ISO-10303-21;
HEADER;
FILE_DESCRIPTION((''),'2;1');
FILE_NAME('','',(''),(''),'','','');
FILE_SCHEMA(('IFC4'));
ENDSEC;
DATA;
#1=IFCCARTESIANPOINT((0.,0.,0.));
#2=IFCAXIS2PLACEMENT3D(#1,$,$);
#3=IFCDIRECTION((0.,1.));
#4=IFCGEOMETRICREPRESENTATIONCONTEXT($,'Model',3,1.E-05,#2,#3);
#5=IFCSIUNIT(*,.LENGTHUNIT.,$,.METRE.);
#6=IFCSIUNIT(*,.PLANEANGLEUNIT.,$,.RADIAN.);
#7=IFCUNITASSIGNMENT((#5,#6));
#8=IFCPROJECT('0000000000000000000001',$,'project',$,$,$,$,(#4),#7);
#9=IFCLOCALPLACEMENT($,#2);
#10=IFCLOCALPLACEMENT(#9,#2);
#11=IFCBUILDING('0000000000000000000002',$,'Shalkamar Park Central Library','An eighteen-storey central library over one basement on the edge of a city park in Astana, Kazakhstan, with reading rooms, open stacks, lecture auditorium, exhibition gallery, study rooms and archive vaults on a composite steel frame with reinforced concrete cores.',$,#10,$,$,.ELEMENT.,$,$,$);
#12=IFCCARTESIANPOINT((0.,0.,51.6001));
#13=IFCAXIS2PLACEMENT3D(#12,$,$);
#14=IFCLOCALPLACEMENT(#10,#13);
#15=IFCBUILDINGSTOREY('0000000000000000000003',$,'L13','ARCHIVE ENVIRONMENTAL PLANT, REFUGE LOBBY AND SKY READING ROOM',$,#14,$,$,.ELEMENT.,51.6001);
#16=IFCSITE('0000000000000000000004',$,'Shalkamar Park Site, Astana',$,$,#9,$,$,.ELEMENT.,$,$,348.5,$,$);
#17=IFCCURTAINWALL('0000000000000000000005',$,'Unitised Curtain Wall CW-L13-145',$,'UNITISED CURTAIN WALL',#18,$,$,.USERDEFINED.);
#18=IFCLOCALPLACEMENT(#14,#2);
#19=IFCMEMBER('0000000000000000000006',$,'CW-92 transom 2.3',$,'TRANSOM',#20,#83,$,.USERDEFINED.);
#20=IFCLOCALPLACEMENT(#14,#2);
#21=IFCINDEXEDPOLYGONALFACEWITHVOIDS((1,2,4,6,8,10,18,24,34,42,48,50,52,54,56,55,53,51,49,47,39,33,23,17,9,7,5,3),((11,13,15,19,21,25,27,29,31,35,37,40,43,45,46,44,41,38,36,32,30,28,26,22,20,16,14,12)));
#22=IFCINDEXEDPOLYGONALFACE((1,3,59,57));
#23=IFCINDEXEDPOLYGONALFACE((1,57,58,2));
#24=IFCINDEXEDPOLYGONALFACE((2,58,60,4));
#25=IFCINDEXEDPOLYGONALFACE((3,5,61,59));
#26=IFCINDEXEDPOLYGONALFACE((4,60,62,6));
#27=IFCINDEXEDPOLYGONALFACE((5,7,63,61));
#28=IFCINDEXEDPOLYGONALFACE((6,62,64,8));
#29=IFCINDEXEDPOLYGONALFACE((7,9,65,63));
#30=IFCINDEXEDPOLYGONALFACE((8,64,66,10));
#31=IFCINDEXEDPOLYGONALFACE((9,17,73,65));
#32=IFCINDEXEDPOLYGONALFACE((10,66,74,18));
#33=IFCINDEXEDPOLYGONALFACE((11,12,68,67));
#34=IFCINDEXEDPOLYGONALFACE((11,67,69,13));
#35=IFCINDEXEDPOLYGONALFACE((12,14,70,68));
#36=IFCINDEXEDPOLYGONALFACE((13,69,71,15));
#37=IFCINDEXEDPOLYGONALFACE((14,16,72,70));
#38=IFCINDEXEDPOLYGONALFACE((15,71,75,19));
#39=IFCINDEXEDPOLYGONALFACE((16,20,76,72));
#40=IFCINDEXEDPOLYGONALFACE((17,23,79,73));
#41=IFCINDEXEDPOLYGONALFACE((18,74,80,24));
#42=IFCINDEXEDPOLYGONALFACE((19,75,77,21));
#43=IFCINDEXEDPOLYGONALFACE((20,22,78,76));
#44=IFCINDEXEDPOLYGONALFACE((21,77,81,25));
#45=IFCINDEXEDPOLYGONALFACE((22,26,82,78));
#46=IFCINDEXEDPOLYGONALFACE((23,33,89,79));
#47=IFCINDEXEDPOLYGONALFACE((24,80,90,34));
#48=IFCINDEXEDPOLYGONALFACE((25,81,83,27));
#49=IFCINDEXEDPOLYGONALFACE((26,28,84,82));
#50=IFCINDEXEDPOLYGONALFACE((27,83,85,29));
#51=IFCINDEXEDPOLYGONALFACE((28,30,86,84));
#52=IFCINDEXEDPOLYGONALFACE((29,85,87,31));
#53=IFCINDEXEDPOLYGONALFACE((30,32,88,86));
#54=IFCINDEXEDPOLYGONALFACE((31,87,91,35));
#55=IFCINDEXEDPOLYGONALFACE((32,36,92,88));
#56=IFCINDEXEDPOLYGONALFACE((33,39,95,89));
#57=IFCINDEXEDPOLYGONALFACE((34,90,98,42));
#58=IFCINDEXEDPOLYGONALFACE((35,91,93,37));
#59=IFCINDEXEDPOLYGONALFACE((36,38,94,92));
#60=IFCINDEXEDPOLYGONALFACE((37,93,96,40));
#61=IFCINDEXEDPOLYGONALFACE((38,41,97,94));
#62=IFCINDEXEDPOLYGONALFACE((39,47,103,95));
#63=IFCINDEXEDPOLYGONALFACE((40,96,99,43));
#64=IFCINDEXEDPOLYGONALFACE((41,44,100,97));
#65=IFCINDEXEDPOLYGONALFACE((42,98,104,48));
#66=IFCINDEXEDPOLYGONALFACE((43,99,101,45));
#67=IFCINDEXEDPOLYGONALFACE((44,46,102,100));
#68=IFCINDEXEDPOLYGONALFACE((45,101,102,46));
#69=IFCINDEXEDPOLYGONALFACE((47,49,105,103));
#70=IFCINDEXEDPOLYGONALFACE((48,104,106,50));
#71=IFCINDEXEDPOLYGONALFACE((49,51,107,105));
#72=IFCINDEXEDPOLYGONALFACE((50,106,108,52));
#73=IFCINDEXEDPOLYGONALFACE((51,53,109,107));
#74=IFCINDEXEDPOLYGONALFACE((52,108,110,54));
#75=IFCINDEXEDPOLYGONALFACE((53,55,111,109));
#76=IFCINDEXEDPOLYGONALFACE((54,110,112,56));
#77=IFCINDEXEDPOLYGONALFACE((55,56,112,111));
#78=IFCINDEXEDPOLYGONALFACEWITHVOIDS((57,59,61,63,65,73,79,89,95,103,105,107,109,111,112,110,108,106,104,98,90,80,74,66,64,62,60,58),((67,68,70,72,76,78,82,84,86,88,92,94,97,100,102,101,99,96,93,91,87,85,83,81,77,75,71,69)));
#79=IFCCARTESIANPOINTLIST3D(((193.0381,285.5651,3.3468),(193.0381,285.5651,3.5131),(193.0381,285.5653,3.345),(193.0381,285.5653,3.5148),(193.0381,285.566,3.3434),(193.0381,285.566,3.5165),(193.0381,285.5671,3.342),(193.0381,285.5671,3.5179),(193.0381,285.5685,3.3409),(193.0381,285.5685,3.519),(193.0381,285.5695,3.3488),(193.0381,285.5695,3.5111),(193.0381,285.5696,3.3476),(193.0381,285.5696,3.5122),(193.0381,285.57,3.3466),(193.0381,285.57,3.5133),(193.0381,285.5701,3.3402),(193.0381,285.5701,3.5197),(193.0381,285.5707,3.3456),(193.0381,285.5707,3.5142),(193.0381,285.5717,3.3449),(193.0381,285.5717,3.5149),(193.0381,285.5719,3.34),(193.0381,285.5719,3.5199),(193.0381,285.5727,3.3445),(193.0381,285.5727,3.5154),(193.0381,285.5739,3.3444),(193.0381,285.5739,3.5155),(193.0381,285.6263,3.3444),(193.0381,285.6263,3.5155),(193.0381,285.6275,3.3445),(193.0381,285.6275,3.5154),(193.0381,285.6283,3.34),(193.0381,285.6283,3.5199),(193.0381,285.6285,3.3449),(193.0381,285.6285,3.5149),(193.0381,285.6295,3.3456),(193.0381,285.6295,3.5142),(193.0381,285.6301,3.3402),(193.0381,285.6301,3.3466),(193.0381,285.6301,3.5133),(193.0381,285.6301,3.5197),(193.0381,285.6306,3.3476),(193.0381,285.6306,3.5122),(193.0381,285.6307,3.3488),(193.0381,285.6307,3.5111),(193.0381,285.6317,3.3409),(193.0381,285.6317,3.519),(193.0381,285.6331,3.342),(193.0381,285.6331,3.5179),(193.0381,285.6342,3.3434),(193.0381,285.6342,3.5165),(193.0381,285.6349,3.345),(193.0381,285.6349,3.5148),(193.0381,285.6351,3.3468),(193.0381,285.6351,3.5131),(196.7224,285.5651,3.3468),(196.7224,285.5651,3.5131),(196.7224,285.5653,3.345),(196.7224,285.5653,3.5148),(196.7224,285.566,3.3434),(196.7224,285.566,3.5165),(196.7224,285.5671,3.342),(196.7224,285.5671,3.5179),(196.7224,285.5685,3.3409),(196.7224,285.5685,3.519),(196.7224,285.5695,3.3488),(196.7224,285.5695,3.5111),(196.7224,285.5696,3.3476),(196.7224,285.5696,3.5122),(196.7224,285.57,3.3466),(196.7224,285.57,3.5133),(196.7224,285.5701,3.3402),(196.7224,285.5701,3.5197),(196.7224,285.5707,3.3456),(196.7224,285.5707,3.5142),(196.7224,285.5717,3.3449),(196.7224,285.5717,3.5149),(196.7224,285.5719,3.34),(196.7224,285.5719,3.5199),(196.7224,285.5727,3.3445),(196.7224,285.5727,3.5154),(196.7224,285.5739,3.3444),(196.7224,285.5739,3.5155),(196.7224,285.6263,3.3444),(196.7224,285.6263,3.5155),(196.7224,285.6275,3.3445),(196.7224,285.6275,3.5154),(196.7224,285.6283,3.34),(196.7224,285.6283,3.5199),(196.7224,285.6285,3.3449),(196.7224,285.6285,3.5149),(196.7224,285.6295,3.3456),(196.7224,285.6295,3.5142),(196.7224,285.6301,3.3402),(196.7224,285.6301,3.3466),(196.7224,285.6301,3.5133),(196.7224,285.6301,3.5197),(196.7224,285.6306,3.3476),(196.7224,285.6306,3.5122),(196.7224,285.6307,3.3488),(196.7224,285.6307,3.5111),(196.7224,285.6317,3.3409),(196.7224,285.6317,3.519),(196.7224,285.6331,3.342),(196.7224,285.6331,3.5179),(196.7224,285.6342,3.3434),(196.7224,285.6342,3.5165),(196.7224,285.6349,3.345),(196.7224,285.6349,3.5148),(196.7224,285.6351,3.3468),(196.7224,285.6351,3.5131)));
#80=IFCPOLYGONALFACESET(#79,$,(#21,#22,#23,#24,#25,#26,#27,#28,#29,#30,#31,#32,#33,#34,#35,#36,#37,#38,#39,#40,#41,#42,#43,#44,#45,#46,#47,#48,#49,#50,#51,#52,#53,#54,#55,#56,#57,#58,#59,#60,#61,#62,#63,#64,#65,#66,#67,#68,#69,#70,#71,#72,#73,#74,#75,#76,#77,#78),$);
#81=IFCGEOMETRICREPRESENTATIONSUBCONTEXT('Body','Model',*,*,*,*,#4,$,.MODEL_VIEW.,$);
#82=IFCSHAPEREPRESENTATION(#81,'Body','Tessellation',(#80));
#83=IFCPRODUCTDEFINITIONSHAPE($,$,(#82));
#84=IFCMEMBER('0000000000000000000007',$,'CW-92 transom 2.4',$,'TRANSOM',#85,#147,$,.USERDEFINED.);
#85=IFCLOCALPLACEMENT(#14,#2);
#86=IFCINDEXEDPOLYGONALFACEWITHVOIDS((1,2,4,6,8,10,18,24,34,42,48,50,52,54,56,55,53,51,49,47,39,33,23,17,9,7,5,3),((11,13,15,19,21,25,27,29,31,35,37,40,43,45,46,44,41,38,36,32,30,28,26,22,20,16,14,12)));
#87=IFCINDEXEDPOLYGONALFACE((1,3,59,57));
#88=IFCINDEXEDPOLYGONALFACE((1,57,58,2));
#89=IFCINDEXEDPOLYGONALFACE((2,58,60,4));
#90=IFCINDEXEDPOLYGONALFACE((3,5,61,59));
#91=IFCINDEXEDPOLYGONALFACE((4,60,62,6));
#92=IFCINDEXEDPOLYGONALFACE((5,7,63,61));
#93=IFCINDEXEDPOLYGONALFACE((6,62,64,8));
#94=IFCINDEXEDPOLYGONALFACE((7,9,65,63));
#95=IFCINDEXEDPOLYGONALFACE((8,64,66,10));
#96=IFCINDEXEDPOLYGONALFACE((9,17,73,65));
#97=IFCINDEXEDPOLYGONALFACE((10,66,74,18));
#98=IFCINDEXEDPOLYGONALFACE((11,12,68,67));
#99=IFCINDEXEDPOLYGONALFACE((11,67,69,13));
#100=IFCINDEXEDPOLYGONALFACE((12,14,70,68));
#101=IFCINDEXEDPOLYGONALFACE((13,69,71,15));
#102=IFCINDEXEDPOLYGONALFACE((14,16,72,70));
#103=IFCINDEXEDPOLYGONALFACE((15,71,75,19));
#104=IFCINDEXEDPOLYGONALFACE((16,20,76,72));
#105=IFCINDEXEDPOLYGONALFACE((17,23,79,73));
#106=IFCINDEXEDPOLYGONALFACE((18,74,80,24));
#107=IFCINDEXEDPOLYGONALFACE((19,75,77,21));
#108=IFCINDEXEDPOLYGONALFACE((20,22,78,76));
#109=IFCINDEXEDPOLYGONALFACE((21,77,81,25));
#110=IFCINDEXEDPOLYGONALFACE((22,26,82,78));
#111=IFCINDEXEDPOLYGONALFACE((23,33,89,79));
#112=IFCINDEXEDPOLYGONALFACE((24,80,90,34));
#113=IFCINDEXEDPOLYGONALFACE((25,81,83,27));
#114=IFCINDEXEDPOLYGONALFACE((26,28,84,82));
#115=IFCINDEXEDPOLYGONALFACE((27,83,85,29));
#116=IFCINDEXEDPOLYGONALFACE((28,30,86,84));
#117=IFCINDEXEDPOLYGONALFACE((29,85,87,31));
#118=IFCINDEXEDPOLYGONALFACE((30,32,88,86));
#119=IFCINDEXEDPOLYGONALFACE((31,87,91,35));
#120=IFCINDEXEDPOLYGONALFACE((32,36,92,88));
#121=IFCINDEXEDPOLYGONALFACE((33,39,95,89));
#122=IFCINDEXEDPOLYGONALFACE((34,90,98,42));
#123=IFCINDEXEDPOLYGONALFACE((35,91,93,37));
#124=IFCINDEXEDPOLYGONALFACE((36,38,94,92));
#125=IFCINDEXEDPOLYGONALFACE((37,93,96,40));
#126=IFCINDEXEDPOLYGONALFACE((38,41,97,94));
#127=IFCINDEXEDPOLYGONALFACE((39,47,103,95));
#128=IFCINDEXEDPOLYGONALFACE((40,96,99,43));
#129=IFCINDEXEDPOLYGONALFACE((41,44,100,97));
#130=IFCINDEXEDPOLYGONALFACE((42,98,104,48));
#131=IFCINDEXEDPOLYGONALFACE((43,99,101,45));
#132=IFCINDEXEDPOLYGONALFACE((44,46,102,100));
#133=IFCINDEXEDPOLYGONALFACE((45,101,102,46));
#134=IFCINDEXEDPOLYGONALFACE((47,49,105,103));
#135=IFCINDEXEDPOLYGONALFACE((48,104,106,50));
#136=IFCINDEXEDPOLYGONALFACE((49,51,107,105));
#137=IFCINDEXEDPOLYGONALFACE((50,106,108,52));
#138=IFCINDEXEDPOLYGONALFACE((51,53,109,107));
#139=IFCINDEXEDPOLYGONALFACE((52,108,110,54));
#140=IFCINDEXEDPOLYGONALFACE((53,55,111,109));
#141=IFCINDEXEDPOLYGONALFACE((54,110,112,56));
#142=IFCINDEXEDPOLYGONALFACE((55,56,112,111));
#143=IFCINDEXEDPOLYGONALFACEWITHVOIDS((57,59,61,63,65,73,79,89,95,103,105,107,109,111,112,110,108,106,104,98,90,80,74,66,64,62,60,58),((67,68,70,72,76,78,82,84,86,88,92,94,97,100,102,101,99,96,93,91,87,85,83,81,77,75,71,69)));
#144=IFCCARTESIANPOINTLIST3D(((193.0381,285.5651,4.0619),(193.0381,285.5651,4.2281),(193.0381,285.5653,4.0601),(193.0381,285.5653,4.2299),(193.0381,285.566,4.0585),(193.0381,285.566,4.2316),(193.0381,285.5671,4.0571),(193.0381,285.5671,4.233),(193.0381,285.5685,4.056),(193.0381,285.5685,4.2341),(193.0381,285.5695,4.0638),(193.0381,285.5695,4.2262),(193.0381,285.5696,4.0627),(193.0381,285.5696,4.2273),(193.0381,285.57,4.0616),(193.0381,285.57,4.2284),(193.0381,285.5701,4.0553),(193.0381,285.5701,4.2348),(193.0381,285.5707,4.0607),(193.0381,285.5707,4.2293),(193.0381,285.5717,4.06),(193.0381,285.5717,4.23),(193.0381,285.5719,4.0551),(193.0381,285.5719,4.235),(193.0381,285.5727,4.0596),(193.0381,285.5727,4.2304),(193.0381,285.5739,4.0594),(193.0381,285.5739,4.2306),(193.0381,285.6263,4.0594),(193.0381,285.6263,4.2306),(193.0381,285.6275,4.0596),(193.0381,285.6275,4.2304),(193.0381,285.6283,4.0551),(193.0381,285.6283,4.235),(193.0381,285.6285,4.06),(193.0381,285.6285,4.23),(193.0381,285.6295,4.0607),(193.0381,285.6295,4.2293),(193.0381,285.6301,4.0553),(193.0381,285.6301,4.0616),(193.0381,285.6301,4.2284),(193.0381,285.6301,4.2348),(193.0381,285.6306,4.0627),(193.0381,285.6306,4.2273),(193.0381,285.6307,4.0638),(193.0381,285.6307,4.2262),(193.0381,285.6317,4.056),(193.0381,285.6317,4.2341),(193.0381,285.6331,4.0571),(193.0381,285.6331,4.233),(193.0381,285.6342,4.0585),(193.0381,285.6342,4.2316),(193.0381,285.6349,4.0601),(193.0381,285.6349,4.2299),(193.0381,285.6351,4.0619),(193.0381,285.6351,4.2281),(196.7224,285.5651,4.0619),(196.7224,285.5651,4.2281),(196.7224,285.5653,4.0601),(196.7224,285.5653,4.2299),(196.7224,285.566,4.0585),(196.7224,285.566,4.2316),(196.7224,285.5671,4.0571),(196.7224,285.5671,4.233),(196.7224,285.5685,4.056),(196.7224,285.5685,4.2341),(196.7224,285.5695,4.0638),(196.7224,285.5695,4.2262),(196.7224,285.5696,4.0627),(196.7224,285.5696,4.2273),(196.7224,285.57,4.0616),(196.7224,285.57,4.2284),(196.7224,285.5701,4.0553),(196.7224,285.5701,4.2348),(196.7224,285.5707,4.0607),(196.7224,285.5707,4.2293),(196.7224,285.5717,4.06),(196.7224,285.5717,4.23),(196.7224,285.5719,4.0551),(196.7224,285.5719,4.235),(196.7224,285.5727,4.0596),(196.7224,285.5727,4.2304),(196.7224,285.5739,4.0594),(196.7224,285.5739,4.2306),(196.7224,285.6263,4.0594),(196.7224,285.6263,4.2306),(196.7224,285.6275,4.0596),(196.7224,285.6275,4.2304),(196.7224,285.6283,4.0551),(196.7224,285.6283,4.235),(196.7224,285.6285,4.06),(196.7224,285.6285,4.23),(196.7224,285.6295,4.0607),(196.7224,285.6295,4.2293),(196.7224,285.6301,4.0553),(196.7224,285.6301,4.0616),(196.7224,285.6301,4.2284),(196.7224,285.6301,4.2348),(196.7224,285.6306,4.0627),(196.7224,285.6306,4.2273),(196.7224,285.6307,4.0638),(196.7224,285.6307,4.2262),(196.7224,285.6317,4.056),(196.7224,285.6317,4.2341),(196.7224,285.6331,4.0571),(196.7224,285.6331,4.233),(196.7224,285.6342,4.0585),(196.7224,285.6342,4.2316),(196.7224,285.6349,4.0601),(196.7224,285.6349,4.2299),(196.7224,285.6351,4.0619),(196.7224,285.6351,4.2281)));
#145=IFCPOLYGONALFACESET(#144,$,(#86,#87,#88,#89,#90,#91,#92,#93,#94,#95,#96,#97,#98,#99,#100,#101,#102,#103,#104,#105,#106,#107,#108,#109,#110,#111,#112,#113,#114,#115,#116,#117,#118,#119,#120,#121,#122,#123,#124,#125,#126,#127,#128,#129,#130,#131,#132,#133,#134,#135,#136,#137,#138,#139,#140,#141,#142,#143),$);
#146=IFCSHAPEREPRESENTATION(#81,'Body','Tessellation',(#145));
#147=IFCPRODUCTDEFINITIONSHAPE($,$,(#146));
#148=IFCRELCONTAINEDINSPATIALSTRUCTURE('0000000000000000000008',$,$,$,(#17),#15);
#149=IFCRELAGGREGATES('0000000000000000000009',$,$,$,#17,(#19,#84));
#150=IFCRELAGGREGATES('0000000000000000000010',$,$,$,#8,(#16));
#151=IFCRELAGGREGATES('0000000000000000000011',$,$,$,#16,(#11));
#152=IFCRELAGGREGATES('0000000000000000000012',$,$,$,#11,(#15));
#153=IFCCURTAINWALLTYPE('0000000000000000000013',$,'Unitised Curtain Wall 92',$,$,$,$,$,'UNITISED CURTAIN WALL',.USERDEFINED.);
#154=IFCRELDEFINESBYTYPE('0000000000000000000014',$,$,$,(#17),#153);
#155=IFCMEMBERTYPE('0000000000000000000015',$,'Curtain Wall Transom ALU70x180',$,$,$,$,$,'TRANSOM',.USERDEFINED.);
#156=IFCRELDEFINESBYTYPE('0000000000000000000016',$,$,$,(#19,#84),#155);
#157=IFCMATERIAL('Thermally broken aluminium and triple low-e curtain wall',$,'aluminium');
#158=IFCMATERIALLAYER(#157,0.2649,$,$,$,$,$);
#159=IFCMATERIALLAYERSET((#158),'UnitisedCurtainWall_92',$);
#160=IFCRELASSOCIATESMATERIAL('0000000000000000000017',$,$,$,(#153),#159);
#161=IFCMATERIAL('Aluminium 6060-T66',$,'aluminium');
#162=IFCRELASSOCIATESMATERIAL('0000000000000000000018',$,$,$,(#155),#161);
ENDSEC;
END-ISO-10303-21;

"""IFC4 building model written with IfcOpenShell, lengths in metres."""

from ifc_helpers import new_model, si_unit, direction, frame, origin, origin_2d, place, context, subcontext, project, spatial, hollow_rectangle, extrude, material, layer, layer_set, material_profile, profile_set, type_object, element, aggregate, save


model = new_model("IFC4")

# Units and contexts
model_context = context("Model", 3, precision=1e-05, world=origin(), true_north=direction((0.0, 1.0)))
body_context = subcontext(model_context, "Body", "Model", "MODEL_VIEW")
ifc_project = project(units=[si_unit("LENGTHUNIT", "METRE"), si_unit("PLANEANGLEUNIT", "RADIAN")], contexts=[model_context])

# Site, building, storey
site_placement = place(None, origin())
site = spatial("IfcSite", under=ifc_project, at=site_placement, Name="Shalkamar Park Site, Astana", CompositionType="ELEMENT", RefElevation=348.5)
building_placement = place(site_placement, origin())
building = spatial("IfcBuilding", under=site, at=building_placement, Name="Shalkamar Park Central Library", Description="An eighteen-storey central library over one basement on the edge of a city park in Astana, Kazakhstan, with reading rooms, open stacks, lecture auditorium, exhibition gallery, study rooms and archive vaults on a composite steel frame with reinforced concrete cores.", CompositionType="ELEMENT")
storey_placement = place(building_placement, frame((0.0, 0.0, 51.6001)))
storey = spatial("IfcBuildingStorey", under=building, at=storey_placement, Name="L13", Description="ARCHIVE ENVIRONMENTAL PLANT, REFUGE LOBBY AND SKY READING ROOM", CompositionType="ELEMENT", Elevation=51.6001)

# Curtain wall
ifc_material_1 = material(Name="Thermally broken aluminium and triple low-e curtain wall", Category="aluminium")
ifc_layer_1 = layer(ifc_material_1, 0.2649)
ifc_layer_set_1 = layer_set([ifc_layer_1], Name="UnitisedCurtainWall_92")
curtain_wall_type_1 = type_object("IfcCurtainWallType", Name="Unitised Curtain Wall 92", ElementType="UNITISED CURTAIN WALL", PredefinedType="USERDEFINED", material=ifc_layer_set_1)
curtain_wall_1_placement = place(storey_placement, origin())
curtain_wall_1 = element("IfcCurtainWall", 1, at=curtain_wall_1_placement, inside=storey, type_object=curtain_wall_type_1, Name="Unitised Curtain Wall CW-L13-145", ObjectType="UNITISED CURTAIN WALL", PredefinedType="USERDEFINED")
ifc_material_2 = material(Name="Aluminium 6060-T66", Category="aluminium")

# Members
ifc_material_profile_1 = material_profile(ifc_material_2, hollow_rectangle(XDim=0.0701, YDim=0.1799, WallThickness=0.0044, InnerFilletRadius=0.0044, OuterFilletRadius=0.0068, at=origin_2d()), Name="ALU 70x180x4.5")
ifc_profile_set_1 = profile_set([ifc_material_profile_1], Name="Aluminium 6060-T66")
member_type_1 = type_object("IfcMemberType", Name="Curtain Wall Transom ALU70x180", ElementType="TRANSOM", PredefinedType="USERDEFINED", material=ifc_profile_set_1)
member_1_placement = place(storey_placement, frame((193.0381, 285.6001, 3.4299), z_axis=(1.0, 0.0, 0.0), x_axis=(0.0, 1.0, 0.0)))
member_1 = element("IfcMember", 2, at=member_1_placement, type_object=member_type_1, Name="CW-92 transom 2.3", ObjectType="TRANSOM", PredefinedType="USERDEFINED", context=body_context, shape_type="SweptSolid", body=[
    extrude(hollow_rectangle(XDim=0.0701, YDim=0.1799, WallThickness=0.0044, InnerFilletRadius=0.0044, OuterFilletRadius=0.0068, at=origin_2d()), origin(), (0.0, 0.0, 1.0), 3.6843),
])
member_2_placement = place(storey_placement, frame((193.0381, 285.6001, 4.145), z_axis=(1.0, 0.0, 0.0), x_axis=(0.0, 1.0, 0.0)))
member_2 = element("IfcMember", 3, at=member_2_placement, type_object=member_type_1, Name="CW-92 transom 2.4", ObjectType="TRANSOM", PredefinedType="USERDEFINED", context=body_context, shape_type="SweptSolid", body=[
    extrude(hollow_rectangle(XDim=0.0701, YDim=0.1799, WallThickness=0.0044, InnerFilletRadius=0.0044, OuterFilletRadius=0.0068, at=origin_2d()), origin(), (0.0, 0.0, 1.0), 3.6843),
])

aggregate(curtain_wall_1, [member_1, member_2])

save(model, "model.ifc")
